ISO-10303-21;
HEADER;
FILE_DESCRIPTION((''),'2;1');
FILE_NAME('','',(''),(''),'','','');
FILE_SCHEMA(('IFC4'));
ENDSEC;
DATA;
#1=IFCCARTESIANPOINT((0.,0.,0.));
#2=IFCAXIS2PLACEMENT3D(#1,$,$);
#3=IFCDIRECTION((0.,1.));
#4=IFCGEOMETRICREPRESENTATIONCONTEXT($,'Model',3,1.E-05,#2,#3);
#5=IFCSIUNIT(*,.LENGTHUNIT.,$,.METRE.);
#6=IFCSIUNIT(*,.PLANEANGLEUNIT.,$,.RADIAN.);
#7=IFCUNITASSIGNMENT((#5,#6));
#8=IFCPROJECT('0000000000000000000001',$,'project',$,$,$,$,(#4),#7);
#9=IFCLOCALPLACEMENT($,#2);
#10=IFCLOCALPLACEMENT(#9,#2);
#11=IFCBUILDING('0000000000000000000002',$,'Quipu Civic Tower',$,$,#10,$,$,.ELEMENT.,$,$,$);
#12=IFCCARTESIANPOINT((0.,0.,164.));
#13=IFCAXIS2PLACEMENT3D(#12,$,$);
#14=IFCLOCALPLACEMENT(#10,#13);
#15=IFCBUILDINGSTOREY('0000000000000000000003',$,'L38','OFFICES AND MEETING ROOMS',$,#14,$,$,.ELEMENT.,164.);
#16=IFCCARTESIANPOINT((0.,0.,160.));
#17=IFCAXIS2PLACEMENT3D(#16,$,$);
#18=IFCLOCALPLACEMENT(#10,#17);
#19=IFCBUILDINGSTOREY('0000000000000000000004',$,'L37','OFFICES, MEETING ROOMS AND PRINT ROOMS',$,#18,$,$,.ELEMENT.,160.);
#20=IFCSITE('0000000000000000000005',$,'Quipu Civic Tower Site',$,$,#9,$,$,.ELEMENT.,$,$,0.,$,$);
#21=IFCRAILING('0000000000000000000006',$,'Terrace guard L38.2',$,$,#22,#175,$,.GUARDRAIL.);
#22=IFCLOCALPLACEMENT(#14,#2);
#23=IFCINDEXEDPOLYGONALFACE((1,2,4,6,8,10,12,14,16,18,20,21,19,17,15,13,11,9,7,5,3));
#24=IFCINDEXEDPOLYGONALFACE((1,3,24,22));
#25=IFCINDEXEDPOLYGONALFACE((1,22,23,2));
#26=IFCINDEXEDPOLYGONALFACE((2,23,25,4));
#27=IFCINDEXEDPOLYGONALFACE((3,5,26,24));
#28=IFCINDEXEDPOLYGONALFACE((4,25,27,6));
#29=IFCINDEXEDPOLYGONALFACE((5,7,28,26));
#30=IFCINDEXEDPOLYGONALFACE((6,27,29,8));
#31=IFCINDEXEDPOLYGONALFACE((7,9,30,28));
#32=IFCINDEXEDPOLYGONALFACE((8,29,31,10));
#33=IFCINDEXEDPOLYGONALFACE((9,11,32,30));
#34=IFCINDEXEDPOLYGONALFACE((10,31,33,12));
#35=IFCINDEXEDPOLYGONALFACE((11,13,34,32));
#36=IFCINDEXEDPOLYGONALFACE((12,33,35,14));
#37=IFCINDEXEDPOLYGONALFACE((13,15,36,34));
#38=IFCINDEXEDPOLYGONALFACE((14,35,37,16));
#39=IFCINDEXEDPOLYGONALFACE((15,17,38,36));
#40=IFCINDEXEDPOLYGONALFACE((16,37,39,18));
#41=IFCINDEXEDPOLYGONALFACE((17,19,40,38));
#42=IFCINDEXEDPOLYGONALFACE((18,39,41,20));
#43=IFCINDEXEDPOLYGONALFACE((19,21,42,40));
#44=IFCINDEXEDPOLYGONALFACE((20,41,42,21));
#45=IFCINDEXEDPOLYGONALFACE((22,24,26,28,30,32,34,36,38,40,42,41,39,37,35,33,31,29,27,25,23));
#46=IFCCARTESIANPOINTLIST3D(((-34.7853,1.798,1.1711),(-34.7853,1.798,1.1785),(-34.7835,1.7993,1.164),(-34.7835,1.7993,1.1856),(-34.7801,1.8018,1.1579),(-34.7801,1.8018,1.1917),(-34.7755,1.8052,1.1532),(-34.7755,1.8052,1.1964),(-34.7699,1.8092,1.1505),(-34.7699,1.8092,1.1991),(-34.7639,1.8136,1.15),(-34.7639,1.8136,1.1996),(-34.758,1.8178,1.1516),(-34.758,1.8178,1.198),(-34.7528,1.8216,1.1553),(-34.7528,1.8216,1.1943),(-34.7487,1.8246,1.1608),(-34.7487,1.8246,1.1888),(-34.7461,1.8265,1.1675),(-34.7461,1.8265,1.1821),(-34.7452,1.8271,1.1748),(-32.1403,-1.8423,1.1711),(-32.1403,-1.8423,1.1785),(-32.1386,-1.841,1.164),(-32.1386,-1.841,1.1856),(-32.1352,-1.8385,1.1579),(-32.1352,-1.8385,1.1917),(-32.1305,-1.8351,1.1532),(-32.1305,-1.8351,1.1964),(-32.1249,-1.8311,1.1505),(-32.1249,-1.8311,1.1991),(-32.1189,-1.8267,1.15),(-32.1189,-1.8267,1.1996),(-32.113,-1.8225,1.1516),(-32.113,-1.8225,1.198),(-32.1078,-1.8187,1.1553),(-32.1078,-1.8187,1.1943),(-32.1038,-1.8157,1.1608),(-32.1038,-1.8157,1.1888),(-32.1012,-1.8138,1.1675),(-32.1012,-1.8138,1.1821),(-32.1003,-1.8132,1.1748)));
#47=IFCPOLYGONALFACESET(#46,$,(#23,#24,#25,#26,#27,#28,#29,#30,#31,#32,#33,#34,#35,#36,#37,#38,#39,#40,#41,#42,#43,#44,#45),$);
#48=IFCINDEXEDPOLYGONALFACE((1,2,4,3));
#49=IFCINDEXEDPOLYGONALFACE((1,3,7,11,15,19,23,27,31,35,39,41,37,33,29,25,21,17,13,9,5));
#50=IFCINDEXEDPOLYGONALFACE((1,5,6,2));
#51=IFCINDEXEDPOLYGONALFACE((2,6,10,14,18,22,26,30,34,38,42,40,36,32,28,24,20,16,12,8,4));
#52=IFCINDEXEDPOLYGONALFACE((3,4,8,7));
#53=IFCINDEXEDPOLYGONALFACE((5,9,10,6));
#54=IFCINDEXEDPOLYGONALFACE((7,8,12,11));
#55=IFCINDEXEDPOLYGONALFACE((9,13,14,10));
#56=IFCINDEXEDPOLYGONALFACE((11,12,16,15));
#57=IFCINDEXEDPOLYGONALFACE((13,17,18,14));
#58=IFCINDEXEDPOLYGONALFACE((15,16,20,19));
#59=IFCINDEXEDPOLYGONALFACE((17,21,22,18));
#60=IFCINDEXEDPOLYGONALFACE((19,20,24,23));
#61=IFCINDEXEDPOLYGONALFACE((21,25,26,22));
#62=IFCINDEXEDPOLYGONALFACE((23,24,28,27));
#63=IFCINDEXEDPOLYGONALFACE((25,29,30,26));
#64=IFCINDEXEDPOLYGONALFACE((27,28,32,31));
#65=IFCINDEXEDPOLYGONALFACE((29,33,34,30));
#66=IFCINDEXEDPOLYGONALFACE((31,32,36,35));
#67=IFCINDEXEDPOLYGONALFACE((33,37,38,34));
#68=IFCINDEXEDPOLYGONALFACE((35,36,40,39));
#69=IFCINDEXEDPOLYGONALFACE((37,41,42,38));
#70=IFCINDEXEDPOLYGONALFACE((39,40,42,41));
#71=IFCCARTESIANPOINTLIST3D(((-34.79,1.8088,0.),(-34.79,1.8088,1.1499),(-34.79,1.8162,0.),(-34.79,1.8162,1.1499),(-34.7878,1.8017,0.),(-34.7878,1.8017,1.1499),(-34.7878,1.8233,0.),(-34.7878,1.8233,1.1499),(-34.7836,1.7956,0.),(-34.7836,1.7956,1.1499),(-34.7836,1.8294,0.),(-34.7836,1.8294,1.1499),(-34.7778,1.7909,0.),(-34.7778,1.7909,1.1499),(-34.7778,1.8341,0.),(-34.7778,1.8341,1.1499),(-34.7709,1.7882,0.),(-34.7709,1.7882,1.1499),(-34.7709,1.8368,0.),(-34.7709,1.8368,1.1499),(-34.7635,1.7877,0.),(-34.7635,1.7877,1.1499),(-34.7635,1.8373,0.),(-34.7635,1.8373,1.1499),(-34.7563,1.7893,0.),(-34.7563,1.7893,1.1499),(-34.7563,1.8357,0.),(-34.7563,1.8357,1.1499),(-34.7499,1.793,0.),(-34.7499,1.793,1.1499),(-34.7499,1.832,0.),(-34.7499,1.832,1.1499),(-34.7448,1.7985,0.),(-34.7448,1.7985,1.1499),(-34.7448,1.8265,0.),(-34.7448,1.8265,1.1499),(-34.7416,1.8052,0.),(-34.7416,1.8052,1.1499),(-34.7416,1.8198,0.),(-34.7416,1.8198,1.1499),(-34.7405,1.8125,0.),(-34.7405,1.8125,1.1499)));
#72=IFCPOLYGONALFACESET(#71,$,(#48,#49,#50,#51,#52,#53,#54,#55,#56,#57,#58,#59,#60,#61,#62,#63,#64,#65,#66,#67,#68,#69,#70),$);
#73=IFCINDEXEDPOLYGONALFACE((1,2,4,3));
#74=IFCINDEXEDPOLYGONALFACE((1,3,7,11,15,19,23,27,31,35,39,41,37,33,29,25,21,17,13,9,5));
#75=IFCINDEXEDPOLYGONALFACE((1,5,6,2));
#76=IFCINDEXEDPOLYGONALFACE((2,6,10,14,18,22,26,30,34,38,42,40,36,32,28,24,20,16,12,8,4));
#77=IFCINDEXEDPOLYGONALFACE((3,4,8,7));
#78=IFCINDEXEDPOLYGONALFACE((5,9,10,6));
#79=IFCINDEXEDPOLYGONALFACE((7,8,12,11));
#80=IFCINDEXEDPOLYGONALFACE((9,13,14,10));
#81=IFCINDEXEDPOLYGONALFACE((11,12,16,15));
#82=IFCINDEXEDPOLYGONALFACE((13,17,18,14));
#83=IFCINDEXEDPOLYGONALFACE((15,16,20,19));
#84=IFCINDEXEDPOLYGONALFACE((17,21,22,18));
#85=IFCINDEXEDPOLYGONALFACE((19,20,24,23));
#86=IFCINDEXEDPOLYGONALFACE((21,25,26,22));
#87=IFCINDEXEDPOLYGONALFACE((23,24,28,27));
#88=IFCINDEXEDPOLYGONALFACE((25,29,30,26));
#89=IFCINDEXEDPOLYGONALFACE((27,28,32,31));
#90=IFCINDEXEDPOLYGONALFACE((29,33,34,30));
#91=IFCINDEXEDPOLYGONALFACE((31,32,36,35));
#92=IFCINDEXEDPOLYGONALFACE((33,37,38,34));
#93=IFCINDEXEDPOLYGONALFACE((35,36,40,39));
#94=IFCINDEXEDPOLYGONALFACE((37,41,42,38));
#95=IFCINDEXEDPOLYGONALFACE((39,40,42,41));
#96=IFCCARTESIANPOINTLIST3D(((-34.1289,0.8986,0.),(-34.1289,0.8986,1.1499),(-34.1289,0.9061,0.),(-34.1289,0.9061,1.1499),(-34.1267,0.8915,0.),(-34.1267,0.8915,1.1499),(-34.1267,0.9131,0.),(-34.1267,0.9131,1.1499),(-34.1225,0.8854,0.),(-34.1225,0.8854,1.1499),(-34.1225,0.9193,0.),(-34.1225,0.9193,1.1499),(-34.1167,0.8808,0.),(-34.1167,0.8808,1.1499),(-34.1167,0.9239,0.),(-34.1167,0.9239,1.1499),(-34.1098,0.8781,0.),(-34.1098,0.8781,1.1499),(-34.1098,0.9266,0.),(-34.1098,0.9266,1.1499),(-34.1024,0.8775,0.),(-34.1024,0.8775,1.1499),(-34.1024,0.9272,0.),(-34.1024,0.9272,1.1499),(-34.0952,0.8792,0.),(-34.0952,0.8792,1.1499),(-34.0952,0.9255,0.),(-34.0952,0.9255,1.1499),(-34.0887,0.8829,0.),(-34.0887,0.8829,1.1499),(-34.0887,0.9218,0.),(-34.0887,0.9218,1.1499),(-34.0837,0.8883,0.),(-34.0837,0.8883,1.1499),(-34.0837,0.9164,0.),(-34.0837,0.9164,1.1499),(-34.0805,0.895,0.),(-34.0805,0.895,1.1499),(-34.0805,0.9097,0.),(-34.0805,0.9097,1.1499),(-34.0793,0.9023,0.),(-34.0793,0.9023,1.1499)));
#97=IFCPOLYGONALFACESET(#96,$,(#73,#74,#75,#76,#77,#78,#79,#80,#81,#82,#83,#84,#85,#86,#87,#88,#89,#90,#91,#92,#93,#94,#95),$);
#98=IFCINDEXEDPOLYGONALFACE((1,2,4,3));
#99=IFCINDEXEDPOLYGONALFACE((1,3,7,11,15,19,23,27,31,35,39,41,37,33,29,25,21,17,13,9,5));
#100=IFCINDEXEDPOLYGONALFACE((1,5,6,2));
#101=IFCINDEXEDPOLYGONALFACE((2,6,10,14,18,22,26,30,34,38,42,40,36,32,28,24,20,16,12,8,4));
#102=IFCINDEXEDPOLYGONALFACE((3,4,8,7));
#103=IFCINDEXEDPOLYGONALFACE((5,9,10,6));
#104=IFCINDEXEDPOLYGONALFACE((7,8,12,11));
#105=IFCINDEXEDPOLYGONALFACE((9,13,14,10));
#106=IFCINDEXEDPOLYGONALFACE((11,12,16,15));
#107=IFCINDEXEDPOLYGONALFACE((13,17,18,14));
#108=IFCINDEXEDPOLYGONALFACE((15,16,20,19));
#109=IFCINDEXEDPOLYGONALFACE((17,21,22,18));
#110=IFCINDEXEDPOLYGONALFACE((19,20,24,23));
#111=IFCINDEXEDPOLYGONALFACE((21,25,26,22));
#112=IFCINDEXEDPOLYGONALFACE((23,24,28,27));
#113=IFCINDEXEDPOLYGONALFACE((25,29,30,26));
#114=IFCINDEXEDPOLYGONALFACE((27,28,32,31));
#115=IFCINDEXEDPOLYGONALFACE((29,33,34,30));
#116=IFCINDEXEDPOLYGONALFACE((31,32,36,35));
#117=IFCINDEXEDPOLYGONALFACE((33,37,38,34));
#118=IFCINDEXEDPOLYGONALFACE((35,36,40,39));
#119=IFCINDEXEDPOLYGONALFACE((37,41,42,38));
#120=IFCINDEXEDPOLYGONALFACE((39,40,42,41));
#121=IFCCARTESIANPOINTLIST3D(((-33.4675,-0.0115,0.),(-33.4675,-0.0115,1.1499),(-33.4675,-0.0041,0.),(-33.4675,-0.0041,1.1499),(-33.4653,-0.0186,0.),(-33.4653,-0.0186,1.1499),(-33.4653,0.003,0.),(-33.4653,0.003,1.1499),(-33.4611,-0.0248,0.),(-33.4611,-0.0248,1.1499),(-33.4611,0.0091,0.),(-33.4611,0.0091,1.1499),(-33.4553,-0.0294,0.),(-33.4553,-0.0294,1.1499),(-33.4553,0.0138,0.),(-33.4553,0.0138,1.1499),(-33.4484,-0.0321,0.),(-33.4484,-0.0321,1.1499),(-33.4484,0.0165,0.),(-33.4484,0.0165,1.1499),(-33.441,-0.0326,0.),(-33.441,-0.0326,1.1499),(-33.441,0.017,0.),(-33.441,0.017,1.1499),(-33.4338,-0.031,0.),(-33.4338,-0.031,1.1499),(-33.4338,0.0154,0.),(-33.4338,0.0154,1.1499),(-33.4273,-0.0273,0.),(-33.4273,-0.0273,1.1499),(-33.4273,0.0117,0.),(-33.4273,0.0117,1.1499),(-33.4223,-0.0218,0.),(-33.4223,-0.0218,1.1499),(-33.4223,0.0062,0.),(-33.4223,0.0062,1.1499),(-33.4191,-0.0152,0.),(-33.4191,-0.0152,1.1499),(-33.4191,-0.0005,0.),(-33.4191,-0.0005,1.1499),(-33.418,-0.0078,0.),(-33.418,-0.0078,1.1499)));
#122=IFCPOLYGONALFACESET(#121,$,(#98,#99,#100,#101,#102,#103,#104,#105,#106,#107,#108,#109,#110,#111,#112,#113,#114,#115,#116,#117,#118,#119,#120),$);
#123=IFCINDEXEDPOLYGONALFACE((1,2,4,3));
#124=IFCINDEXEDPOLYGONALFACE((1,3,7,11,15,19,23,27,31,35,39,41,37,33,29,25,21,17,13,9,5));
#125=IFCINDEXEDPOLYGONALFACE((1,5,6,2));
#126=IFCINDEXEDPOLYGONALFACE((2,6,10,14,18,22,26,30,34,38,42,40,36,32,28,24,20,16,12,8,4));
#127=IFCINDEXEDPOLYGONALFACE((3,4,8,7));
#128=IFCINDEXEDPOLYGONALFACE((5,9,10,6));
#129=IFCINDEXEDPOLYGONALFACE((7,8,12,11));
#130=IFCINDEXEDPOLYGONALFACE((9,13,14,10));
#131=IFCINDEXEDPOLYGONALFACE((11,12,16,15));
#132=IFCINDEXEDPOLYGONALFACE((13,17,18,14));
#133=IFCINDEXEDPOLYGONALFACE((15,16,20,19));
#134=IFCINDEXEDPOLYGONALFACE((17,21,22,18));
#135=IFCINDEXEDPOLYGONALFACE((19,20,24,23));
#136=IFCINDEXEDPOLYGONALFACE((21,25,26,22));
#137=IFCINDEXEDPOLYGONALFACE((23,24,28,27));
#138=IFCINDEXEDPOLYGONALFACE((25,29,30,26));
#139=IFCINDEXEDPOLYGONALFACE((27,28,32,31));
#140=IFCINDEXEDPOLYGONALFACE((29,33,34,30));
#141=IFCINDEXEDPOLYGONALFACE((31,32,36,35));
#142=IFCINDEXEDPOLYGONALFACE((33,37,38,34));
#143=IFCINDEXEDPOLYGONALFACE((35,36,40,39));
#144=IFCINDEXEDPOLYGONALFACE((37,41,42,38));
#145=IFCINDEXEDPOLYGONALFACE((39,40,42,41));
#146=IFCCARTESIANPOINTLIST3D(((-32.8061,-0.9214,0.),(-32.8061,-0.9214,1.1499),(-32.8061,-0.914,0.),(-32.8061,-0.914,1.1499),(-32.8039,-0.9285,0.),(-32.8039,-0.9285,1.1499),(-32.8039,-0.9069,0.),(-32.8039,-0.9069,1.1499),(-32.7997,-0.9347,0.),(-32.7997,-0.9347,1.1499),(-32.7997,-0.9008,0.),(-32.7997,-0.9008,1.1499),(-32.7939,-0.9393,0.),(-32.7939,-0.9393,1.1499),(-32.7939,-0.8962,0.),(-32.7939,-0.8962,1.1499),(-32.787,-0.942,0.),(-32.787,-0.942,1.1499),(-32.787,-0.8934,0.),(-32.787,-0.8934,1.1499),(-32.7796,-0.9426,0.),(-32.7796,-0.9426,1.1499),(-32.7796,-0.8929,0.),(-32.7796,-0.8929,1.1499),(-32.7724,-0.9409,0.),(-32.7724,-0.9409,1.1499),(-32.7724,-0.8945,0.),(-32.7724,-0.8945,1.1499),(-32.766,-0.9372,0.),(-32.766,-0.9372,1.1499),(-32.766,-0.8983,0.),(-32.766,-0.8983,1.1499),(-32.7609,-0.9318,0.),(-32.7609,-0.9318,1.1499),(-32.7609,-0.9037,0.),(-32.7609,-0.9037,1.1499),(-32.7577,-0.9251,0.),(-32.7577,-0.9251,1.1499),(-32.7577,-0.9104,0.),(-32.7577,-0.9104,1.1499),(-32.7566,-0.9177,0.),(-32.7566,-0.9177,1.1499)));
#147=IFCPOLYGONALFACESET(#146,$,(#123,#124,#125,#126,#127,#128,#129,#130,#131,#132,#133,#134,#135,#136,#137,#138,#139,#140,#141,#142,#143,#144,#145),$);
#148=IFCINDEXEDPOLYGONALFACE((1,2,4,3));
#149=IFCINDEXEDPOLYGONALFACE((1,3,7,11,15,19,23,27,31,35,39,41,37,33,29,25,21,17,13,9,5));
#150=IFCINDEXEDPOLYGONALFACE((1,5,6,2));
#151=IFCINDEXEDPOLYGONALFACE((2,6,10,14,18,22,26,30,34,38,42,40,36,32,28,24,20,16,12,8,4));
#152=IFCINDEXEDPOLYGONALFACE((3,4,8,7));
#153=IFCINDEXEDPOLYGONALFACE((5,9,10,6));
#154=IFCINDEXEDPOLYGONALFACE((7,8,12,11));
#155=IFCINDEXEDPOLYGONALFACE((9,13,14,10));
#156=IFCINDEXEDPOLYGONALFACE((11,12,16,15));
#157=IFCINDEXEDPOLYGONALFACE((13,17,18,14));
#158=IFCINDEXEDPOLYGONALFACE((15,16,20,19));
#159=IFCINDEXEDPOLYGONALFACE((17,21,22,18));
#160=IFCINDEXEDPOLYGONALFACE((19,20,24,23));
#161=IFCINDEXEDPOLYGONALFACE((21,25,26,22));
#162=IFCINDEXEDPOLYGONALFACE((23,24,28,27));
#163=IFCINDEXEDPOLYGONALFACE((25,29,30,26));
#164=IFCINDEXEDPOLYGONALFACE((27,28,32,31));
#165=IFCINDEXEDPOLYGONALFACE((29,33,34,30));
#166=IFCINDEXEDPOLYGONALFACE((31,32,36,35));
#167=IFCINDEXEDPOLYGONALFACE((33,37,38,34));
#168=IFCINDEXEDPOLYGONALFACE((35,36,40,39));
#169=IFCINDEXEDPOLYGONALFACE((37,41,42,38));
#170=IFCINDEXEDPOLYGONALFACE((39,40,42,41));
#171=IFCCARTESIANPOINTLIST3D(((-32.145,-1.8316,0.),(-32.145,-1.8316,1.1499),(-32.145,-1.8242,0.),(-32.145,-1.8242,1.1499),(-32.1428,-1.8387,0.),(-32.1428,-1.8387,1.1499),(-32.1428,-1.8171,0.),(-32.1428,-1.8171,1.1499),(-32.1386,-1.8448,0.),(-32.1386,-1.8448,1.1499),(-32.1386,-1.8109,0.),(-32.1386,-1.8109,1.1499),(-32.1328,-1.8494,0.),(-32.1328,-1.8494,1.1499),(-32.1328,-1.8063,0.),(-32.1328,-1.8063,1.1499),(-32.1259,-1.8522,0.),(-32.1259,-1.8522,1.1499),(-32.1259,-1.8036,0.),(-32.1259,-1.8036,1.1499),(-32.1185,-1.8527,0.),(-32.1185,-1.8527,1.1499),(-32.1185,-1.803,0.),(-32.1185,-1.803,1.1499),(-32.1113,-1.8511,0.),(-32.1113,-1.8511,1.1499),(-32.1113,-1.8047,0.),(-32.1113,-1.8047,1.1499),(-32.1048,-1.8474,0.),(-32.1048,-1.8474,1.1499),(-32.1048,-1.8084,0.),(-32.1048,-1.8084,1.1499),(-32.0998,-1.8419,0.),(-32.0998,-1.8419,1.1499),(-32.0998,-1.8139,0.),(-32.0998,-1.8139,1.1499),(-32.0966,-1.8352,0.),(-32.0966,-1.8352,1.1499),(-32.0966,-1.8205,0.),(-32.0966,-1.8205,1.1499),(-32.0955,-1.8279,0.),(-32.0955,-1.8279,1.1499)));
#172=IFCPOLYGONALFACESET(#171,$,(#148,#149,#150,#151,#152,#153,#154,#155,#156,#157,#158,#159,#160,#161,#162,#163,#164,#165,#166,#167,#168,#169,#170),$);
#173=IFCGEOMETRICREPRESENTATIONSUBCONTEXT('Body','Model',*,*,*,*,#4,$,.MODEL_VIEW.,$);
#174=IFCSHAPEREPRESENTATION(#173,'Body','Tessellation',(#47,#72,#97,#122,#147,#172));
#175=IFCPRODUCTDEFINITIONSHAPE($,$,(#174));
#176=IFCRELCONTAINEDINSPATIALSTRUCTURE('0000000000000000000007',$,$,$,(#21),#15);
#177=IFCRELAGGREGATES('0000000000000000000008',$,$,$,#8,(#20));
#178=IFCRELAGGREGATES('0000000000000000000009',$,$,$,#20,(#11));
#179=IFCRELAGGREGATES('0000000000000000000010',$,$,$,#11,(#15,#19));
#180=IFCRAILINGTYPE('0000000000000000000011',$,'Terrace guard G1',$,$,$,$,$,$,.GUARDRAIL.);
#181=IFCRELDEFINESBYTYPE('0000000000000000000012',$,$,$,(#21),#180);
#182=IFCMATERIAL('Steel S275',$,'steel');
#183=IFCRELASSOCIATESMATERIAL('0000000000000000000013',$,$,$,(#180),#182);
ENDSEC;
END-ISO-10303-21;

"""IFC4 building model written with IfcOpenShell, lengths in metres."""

from ifc_helpers import new_model, si_unit, direction, frame, origin, origin_2d, place, context, subcontext, project, spatial, circle, extrude, material, type_object, element, save


model = new_model("IFC4")

# Units and contexts
model_context = context("Model", 3, precision=1e-05, world=origin(), true_north=direction((0.0, 1.0)))
body_context = subcontext(model_context, "Body", "Model", "MODEL_VIEW")
ifc_project = project(units=[si_unit("LENGTHUNIT", "METRE"), si_unit("PLANEANGLEUNIT", "RADIAN")], contexts=[model_context])

# Site, building, storey
site_placement = place(None, origin())
site = spatial("IfcSite", under=ifc_project, at=site_placement, Name="Quipu Civic Tower Site", CompositionType="ELEMENT", RefElevation=0.0)
building_placement = place(site_placement, origin())
building = spatial("IfcBuilding", under=site, at=building_placement, Name="Quipu Civic Tower", CompositionType="ELEMENT")
storey_1_placement = place(building_placement, frame((0.0, 0.0, 164.0)))
storey_1 = spatial("IfcBuildingStorey", under=building, at=storey_1_placement, Name="L38", Description="OFFICES AND MEETING ROOMS", CompositionType="ELEMENT", Elevation=164.0)

# Shared definitions
storey_2_placement = place(building_placement, frame((0.0, 0.0, 160.0)))
storey_2 = spatial("IfcBuildingStorey", under=building, at=storey_2_placement, Name="L37", Description="OFFICES, MEETING ROOMS AND PRINT ROOMS", CompositionType="ELEMENT", Elevation=160.0)

# Railing
ifc_material_1 = material(Name="Steel S275", Category="steel")
railing_type = type_object("IfcRailingType", Name="Terrace guard G1", PredefinedType="GUARDRAIL", material=ifc_material_1)
railing_1_placement = place(storey_1_placement, frame((-34.7654, 1.8125, 0.0)))
element("IfcRailing", 1, at=railing_1_placement, inside=storey_1, type_object=railing_type, Name="Terrace guard L38.2", PredefinedType="GUARDRAIL", context=body_context, shape_type="SweptSolid", body=[
    extrude(circle(Radius=0.0249, at=origin_2d()), frame((0.0, 0.0, 1.1748), z_axis=(0.587804, -0.809003, 0.0), x_axis=(0.809003, 0.587804, 0.0)), (0.0, 0.0, 1.0), 4.4998),
    extrude(circle(Radius=0.0249, at=origin_2d()), origin(), (0.0, 0.0, 1.0), 1.1499),
    extrude(circle(Radius=0.0249, at=origin_2d()), frame((0.6611, -0.9102, 0.0)), (0.0, 0.0, 1.0), 1.1499),
    extrude(circle(Radius=0.0249, at=origin_2d()), frame((1.3225, -1.8203, 0.0)), (0.0, 0.0, 1.0), 1.1499),
    extrude(circle(Radius=0.0249, at=origin_2d()), frame((1.9839, -2.7302, 0.0)), (0.0, 0.0, 1.0), 1.1499),
    extrude(circle(Radius=0.0249, at=origin_2d()), frame((2.645, -3.6404, 0.0)), (0.0, 0.0, 1.0), 1.1499),
])

save(model, "model.ifc")
